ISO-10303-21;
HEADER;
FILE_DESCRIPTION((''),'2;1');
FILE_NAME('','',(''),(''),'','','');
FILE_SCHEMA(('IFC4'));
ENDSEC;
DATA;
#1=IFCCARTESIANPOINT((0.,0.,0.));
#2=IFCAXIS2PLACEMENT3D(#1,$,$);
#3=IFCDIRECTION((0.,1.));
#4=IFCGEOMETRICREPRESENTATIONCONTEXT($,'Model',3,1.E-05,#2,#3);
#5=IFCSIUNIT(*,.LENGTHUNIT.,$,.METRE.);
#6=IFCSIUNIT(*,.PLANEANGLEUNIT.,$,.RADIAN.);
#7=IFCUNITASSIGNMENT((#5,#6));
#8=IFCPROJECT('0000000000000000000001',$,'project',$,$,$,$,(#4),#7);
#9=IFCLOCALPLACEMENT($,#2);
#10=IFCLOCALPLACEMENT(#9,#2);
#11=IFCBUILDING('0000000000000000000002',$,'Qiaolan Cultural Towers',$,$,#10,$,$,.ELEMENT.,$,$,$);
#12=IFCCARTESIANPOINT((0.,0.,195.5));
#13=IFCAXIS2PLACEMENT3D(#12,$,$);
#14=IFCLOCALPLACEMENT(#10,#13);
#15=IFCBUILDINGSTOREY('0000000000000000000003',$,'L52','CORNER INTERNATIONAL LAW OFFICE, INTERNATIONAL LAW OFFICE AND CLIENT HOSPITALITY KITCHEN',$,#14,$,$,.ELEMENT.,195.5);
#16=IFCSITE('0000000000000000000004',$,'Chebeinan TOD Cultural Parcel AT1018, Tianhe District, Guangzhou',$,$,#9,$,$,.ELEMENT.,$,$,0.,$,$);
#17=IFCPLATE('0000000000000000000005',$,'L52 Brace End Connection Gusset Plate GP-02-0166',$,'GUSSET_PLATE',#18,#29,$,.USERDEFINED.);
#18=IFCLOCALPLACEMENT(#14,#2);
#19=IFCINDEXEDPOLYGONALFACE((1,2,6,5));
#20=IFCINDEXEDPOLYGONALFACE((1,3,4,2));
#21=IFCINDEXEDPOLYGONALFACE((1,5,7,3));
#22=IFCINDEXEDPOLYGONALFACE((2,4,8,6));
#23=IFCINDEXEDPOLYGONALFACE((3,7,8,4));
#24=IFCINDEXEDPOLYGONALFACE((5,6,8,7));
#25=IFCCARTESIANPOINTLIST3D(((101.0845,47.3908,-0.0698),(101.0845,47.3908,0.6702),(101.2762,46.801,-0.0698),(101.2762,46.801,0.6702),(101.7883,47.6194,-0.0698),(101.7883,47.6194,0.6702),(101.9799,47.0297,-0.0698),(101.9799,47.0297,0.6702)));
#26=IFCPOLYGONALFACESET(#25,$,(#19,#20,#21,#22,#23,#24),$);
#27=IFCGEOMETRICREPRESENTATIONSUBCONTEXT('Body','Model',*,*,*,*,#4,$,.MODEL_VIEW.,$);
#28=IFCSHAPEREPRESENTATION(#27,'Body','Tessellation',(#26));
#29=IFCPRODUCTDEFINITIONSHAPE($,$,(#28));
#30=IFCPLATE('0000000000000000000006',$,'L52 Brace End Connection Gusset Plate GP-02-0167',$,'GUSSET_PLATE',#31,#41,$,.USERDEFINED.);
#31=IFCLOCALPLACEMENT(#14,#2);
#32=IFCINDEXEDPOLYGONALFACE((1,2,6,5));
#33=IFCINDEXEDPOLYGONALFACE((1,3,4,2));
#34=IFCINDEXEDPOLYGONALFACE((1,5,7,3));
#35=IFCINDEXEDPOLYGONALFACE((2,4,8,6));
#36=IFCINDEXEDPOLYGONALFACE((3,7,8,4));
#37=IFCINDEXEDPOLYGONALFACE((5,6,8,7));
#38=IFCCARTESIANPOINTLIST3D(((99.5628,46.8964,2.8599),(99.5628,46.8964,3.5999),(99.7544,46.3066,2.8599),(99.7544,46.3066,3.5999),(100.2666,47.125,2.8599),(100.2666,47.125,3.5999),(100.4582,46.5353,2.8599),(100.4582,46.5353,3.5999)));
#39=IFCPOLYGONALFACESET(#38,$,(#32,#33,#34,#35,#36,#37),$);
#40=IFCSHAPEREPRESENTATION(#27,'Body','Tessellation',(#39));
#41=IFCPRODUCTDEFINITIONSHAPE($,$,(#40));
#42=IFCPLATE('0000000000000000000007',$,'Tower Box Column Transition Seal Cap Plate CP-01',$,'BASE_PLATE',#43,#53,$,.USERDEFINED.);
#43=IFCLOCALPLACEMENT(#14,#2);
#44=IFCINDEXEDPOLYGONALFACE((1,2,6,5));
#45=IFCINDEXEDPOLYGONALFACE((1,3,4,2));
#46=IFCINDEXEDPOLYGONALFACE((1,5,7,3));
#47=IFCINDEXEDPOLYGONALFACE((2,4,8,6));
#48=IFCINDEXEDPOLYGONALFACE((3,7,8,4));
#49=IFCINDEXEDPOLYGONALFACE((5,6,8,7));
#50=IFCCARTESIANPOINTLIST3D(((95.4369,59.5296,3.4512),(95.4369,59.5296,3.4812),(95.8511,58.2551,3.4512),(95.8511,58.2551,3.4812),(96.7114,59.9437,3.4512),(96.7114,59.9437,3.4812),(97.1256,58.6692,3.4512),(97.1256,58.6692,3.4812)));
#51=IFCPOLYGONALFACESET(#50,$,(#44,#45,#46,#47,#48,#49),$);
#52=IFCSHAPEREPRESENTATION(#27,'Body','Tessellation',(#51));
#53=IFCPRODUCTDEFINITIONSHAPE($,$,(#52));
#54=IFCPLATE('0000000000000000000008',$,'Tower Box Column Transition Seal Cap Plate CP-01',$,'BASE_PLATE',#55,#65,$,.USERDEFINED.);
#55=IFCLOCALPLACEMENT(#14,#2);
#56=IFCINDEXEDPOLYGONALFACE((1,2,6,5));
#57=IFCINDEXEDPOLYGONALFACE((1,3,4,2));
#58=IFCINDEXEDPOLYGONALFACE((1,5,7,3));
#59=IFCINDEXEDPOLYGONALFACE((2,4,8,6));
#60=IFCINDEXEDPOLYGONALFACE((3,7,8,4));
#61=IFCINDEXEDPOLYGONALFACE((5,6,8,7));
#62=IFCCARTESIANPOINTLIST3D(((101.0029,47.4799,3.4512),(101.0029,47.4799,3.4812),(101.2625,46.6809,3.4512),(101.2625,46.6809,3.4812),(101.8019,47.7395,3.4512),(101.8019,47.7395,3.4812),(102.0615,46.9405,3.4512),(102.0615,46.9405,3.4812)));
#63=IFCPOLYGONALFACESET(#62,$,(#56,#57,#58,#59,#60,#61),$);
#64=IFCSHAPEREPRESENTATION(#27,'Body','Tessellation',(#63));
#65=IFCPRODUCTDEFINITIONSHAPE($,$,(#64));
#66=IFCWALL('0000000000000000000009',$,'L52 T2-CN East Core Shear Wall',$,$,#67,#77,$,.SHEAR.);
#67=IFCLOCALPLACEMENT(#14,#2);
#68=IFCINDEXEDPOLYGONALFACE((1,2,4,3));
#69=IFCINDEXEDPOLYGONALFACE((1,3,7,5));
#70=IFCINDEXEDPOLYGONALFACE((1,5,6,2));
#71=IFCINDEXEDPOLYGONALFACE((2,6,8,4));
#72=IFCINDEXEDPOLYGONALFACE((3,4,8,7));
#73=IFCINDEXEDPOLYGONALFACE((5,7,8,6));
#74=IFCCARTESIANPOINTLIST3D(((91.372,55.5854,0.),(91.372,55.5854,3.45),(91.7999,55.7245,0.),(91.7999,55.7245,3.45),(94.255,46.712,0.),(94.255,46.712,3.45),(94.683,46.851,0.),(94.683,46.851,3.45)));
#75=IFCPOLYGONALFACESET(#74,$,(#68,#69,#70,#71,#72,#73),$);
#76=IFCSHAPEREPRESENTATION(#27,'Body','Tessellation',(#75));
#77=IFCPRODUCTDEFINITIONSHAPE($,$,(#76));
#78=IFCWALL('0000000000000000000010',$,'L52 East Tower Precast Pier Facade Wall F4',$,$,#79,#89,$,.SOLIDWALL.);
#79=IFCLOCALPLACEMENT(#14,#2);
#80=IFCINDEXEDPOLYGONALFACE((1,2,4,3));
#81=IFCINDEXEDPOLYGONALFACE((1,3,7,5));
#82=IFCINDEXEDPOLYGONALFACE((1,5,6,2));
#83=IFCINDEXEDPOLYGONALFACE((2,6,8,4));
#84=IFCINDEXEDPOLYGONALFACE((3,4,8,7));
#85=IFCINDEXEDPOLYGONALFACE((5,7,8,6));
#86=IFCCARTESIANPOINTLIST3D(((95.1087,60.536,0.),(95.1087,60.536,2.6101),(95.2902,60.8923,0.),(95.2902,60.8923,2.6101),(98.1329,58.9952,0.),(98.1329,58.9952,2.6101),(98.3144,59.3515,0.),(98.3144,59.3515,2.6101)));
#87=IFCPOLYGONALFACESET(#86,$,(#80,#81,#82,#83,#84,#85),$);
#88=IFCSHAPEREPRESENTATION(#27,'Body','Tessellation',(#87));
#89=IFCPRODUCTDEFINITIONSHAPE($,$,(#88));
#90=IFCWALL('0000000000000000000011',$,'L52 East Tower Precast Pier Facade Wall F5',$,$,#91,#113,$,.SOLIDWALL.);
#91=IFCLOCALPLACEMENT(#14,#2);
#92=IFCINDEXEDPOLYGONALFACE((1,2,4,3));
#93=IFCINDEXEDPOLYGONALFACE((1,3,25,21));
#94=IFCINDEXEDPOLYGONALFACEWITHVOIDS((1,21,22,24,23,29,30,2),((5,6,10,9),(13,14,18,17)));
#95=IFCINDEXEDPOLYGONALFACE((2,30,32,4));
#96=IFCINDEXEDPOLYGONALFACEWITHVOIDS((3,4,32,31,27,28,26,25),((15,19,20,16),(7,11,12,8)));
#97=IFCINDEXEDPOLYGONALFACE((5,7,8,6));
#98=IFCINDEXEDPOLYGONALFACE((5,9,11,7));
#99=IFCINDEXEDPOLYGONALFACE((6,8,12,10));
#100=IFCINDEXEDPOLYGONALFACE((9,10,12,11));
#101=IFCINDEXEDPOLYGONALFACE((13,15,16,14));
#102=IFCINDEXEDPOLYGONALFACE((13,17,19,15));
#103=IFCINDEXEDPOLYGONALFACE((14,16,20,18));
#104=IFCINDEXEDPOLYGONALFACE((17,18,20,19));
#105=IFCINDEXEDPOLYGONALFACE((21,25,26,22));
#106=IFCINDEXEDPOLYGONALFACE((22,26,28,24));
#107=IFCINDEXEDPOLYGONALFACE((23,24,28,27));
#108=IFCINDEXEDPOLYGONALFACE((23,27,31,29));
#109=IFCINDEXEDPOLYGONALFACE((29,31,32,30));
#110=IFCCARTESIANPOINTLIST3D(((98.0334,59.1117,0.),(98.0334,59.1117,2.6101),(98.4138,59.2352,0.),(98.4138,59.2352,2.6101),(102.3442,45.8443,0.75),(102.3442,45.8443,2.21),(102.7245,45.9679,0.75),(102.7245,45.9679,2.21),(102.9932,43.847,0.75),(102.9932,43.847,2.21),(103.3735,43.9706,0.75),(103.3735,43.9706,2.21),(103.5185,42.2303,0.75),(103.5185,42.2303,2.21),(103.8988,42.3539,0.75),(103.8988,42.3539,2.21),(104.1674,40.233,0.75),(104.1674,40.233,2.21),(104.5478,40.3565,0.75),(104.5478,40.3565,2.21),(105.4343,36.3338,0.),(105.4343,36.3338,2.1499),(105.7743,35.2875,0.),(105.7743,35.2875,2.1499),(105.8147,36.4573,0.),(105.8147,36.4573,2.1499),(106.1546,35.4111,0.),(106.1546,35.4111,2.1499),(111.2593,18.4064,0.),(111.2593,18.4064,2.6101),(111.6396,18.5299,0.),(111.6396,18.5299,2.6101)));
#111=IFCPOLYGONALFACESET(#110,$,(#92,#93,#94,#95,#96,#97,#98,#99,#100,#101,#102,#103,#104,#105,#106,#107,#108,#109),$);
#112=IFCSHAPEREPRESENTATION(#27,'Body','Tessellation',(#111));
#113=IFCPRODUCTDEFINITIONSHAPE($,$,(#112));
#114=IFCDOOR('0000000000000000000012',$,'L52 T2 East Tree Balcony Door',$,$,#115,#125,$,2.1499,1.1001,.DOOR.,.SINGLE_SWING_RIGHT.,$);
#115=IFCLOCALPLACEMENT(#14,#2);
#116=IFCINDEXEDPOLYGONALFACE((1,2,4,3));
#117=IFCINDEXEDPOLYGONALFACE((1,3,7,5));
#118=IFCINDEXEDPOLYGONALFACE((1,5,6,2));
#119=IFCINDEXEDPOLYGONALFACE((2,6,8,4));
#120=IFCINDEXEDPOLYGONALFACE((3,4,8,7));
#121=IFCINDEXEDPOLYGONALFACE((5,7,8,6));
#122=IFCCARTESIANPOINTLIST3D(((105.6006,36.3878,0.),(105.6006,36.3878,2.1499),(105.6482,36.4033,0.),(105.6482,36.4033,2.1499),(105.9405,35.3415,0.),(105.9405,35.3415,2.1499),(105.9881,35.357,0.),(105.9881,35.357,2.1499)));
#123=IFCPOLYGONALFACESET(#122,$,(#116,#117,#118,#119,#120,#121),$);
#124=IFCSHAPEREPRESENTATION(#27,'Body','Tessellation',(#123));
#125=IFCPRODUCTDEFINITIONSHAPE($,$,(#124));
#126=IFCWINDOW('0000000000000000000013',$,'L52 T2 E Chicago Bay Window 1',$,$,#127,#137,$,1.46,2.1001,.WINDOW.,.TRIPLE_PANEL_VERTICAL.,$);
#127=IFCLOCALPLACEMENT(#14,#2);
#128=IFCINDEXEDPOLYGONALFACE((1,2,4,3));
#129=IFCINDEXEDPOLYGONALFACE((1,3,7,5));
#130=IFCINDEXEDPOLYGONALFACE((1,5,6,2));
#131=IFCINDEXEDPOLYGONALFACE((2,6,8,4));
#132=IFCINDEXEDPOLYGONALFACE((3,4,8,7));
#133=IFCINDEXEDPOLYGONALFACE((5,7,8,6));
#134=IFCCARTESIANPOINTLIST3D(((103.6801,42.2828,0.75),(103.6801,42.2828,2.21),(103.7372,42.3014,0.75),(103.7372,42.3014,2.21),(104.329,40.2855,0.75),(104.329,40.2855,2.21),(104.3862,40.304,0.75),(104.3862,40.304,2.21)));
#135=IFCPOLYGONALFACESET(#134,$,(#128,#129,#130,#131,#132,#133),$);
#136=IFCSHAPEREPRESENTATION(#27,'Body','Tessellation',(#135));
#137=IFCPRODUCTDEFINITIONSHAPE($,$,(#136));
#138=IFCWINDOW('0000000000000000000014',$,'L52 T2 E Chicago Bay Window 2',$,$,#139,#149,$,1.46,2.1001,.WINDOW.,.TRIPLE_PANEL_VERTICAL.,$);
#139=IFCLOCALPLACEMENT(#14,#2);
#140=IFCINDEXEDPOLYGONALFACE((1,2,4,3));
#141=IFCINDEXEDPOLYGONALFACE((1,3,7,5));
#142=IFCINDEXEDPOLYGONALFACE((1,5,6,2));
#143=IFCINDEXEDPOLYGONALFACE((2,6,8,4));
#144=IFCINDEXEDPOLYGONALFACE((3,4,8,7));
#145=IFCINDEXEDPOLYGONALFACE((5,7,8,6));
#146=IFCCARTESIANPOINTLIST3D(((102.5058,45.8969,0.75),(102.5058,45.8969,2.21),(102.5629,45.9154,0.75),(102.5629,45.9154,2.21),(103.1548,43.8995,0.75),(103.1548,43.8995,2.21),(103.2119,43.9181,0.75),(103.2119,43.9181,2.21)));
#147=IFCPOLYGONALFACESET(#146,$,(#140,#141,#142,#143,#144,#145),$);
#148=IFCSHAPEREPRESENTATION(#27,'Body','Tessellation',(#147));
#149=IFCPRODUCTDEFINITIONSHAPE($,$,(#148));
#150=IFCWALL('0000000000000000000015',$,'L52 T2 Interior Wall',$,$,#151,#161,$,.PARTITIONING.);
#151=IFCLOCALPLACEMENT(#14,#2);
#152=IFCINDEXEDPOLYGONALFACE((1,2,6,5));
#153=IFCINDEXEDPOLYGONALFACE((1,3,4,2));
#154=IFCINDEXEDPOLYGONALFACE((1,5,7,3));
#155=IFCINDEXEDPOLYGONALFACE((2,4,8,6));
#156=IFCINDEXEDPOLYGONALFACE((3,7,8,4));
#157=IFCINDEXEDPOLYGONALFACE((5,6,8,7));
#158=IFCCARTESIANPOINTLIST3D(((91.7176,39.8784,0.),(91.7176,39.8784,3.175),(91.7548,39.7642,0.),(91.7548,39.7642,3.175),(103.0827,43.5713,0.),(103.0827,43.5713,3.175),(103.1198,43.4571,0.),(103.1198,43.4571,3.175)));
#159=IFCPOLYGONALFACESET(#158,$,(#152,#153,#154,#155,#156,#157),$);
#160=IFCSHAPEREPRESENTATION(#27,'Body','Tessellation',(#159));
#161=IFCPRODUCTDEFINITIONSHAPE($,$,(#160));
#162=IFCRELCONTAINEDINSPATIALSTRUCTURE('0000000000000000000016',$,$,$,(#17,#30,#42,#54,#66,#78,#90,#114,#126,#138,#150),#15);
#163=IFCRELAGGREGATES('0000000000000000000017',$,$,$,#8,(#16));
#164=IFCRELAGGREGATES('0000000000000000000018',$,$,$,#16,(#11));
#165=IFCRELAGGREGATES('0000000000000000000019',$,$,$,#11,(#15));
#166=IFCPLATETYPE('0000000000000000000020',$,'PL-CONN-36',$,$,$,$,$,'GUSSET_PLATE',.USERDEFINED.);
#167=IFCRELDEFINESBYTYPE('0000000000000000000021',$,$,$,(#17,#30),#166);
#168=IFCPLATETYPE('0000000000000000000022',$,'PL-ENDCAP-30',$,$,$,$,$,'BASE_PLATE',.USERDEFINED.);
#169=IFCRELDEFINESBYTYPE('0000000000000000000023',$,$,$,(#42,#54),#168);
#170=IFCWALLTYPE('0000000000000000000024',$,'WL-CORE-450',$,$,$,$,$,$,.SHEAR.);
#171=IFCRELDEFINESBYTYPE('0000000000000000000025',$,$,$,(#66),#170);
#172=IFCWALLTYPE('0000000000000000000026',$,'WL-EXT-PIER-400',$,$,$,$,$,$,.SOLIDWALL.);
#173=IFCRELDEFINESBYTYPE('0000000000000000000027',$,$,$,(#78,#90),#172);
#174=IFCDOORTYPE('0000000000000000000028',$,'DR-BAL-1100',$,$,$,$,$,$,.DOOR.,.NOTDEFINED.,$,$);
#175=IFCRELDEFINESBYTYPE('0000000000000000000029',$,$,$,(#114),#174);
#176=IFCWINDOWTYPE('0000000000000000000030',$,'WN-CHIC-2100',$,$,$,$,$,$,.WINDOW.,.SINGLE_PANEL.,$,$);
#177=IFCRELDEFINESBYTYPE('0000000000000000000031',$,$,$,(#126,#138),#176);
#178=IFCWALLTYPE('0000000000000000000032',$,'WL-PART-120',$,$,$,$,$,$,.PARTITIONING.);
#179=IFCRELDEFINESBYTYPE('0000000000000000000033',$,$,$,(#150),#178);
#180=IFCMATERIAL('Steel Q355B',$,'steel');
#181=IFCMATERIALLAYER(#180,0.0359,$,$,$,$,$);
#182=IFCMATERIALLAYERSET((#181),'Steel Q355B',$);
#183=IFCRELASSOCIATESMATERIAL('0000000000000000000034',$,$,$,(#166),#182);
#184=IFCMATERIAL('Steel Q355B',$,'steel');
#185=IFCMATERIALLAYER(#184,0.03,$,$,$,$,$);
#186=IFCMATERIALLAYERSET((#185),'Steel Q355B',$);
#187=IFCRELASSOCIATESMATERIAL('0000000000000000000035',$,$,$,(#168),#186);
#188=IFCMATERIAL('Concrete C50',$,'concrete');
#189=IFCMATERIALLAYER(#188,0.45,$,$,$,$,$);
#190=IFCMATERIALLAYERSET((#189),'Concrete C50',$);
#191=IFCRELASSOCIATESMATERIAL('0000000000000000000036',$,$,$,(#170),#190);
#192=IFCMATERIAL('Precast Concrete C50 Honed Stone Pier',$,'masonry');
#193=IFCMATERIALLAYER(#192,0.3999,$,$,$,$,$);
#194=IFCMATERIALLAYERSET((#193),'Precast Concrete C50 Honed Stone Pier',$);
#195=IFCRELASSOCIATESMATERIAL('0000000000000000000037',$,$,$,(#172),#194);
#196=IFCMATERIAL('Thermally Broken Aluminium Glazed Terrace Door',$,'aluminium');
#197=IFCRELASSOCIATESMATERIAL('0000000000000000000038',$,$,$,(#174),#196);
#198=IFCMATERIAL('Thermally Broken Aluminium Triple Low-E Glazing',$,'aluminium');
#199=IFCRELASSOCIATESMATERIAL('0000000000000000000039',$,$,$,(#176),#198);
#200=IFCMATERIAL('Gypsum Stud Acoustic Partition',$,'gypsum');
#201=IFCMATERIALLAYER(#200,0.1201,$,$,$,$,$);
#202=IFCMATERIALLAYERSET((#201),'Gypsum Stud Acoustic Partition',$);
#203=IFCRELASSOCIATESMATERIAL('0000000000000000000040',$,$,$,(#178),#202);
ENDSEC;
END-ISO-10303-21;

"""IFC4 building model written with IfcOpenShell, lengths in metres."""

from ifc_helpers import new_model, si_unit, direction, frame, frame_2d, origin, origin_2d, place, context, subcontext, project, spatial, rectangle, extrude, material, layer, layer_set, type_object, element, fill, save


model = new_model("IFC4")

# Units and contexts
model_context = context("Model", 3, precision=1e-05, world=origin(), true_north=direction((0.0, 1.0)))
body_context = subcontext(model_context, "Body", "Model", "MODEL_VIEW")
ifc_project = project(units=[si_unit("LENGTHUNIT", "METRE"), si_unit("PLANEANGLEUNIT", "RADIAN")], contexts=[model_context])

# Site, building, storey
site_placement = place(None, origin())
site = spatial("IfcSite", under=ifc_project, at=site_placement, Name="Chebeinan TOD Cultural Parcel AT1018, Tianhe District, Guangzhou", CompositionType="ELEMENT", RefElevation=0.0)
building_placement = place(site_placement, origin())
building = spatial("IfcBuilding", under=site, at=building_placement, Name="Qiaolan Cultural Towers", CompositionType="ELEMENT")
storey_placement = place(building_placement, frame((0.0, 0.0, 195.5)))
storey = spatial("IfcBuildingStorey", under=building, at=storey_placement, Name="L52", Description="CORNER INTERNATIONAL LAW OFFICE, INTERNATIONAL LAW OFFICE AND CLIENT HOSPITALITY KITCHEN", CompositionType="ELEMENT", Elevation=195.5)

# Plates
ifc_material_1 = material(Name="Steel Q355B", Category="steel")
ifc_layer_1 = layer(ifc_material_1, 0.0359)
ifc_layer_set_1 = layer_set([ifc_layer_1], Name="Steel Q355B")
plate_type_1 = type_object("IfcPlateType", Name="PL-CONN-36", ElementType="GUSSET_PLATE", PredefinedType="USERDEFINED", material=ifc_layer_set_1)
for number, where, z_axis, x_axis, name in (
    (1, (101.5322, 47.2102, -0.0698), (0.0, 0.0, 1.0), (0.951057, 0.309017, 0.0), "L52 Brace End Connection Gusset Plate GP-02-0166"),
    (2, (100.0105, 46.7158, 2.8599), (0.0, 0.0, 1.0), (0.951057, 0.309017, 0.0), "L52 Brace End Connection Gusset Plate GP-02-0167"),
):
    element("IfcPlate", number, at=place(storey_placement, frame(where, z_axis=z_axis, x_axis=x_axis)), inside=storey, type_object=plate_type_1, Name=name, ObjectType="GUSSET_PLATE", PredefinedType="USERDEFINED", context=body_context, shape_type="SweptSolid", body=[
        extrude(rectangle(XDim=0.74, YDim=0.6201, at=origin_2d()), origin(), (0.0, 0.0, 1.0), 0.74),
    ])
ifc_material_2 = material(Name="Steel Q355B", Category="steel")
ifc_layer_2 = layer(ifc_material_2, 0.03)
ifc_layer_set_2 = layer_set([ifc_layer_2], Name="Steel Q355B")
plate_type_2 = type_object("IfcPlateType", Name="PL-ENDCAP-30", ElementType="BASE_PLATE", PredefinedType="USERDEFINED", material=ifc_layer_set_2)
plate_1_placement = place(storey_placement, frame((96.2812, 59.0994, 3.4512), z_axis=(0.0, 0.0, 1.0), x_axis=(0.951057, 0.309017, 0.0)))
element("IfcPlate", 3, at=plate_1_placement, inside=storey, type_object=plate_type_2, Name="Tower Box Column Transition Seal Cap Plate CP-01", ObjectType="BASE_PLATE", PredefinedType="USERDEFINED", context=body_context, shape_type="SweptSolid", body=[
    extrude(rectangle(XDim=1.3401, YDim=1.3401, at=origin_2d()), origin(), (0.0, 0.0, 1.0), 0.03),
])
plate_2_placement = place(storey_placement, frame((101.5322, 47.2102, 3.4512), z_axis=(0.0, 0.0, 1.0), x_axis=(0.951057, 0.309017, 0.0)))
element("IfcPlate", 4, at=plate_2_placement, inside=storey, type_object=plate_type_2, Name="Tower Box Column Transition Seal Cap Plate CP-01", ObjectType="BASE_PLATE", PredefinedType="USERDEFINED", context=body_context, shape_type="SweptSolid", body=[
    extrude(rectangle(XDim=0.8401, YDim=0.8401, at=origin_2d()), origin(), (0.0, 0.0, 1.0), 0.03),
])

# Walls
ifc_material_3 = material(Name="Concrete C50", Category="concrete")
ifc_layer_3 = layer(ifc_material_3, 0.45)
ifc_layer_set_3 = layer_set([ifc_layer_3], Name="Concrete C50")
wall_type_1 = type_object("IfcWallType", Name="WL-CORE-450", PredefinedType="SHEAR", material=ifc_layer_set_3)
wall_1_placement = place(storey_placement, frame((94.469, 46.7815, 0.0), z_axis=(0.0, 0.0, 1.0), x_axis=(-0.309004, 0.951061, 0.0)))
element("IfcWall", 5, at=wall_1_placement, inside=storey, type_object=wall_type_1, Name="L52 T2-CN East Core Shear Wall", PredefinedType="SHEAR", context=body_context, shape_type="SweptSolid", body=[
    extrude(rectangle(XDim=9.3301, YDim=0.45, at=frame_2d((4.665, 0.0))), origin(), (0.0, 0.0, 1.0), 3.45),
])
ifc_material_4 = material(Name="Precast Concrete C50 Honed Stone Pier", Category="masonry")
ifc_layer_4 = layer(ifc_material_4, 0.3999)
ifc_layer_set_4 = layer_set([ifc_layer_4], Name="Precast Concrete C50 Honed Stone Pier")
wall_type_2 = type_object("IfcWallType", Name="WL-EXT-PIER-400", PredefinedType="SOLIDWALL", material=ifc_layer_set_4)
wall_2_placement = place(storey_placement, frame((95.1995, 60.7141, 0.0), z_axis=(0.0, 0.0, 1.0), x_axis=(0.891021, -0.453962, 0.0)))
element("IfcWall", 6, at=wall_2_placement, inside=storey, type_object=wall_type_2, Name="L52 East Tower Precast Pier Facade Wall F4", PredefinedType="SOLIDWALL", context=body_context, shape_type="SweptSolid", body=[
    extrude(rectangle(XDim=3.394, YDim=0.3999, at=frame_2d((1.697, 0.0))), origin(), (0.0, 0.0, 1.0), 2.6101),
])

# Wall, openings, door, windows
wall_3_placement = place(storey_placement, frame((98.2236, 59.1733, 0.0), z_axis=(0.0, 0.0, 1.0), x_axis=(0.309014, -0.951057, 0.0)))
wall_3 = element("IfcWall", 7, at=wall_3_placement, inside=storey, type_object=wall_type_2, Name="L52 East Tower Precast Pier Facade Wall F5", PredefinedType="SOLIDWALL", context=body_context, shape_type="SweptSolid", body=[
    extrude(rectangle(XDim=42.8, YDim=0.3999, at=frame_2d((21.3999, 0.0))), origin(), (0.0, 0.0, 1.0), 2.6101),
])
opening_1_placement = place(wall_3_placement, frame((17.75, 0.0, 0.75)))
opening_1 = element("IfcOpeningElement", 8, at=opening_1_placement, cuts=wall_3, PredefinedType="OPENING", context=body_context, shape_type="SweptSolid", body=[
    extrude(rectangle(XDim=2.1001, YDim=1.46, at=frame_2d((1.05, 0.73))), frame((0.0, 0.21, 0.0), z_axis=(0.0, -1.0, 0.0), x_axis=(1.0, 0.0, 0.0)), (0.0, 0.0, 1.0), 0.4199),
])
opening_2_placement = place(wall_3_placement, frame((13.95, 0.0, 0.75)))
opening_2 = element("IfcOpeningElement", 9, at=opening_2_placement, cuts=wall_3, PredefinedType="OPENING", context=body_context, shape_type="SweptSolid", body=[
    extrude(rectangle(XDim=2.1001, YDim=1.46, at=frame_2d((1.05, 0.73))), frame((0.0, 0.21, 0.0), z_axis=(0.0, -1.0, 0.0), x_axis=(1.0, 0.0, 0.0)), (0.0, 0.0, 1.0), 0.4199),
])
opening_3_placement = place(wall_3_placement, frame((23.95, 0.0, 0.0)))
opening_3 = element("IfcOpeningElement", 10, at=opening_3_placement, cuts=wall_3, PredefinedType="OPENING", context=body_context, shape_type="SweptSolid", body=[
    extrude(rectangle(XDim=1.1001, YDim=2.1499, at=frame_2d((0.55, 1.075))), frame((0.0, 0.21, 0.0), z_axis=(0.0, -1.0, 0.0), x_axis=(1.0, 0.0, 0.0)), (0.0, 0.0, 1.0), 0.4199),
])
ifc_material_5 = material(Name="Thermally Broken Aluminium Glazed Terrace Door", Category="aluminium")
door_type_1 = type_object("IfcDoorType", Name="DR-BAL-1100", OperationType="NOTDEFINED", PredefinedType="DOOR", material=ifc_material_5)
door_1_placement = place(opening_3_placement, origin())
door_1 = element("IfcDoor", 11, at=door_1_placement, inside=storey, type_object=door_type_1, Name="L52 T2 East Tree Balcony Door", OperationType="SINGLE_SWING_RIGHT", OverallHeight=2.1499, OverallWidth=1.1001, PredefinedType="DOOR", context=body_context, shape_type="SweptSolid", body=[
    extrude(rectangle(XDim=1.1001, YDim=2.1499, at=frame_2d((0.55, 1.075))), frame((0.0, 0.0249, 0.0), z_axis=(0.0, -1.0, 0.0), x_axis=(1.0, 0.0, 0.0)), (0.0, 0.0, 1.0), 0.05),
])
fill(opening_3, door_1)
ifc_material_6 = material(Name="Thermally Broken Aluminium Triple Low-E Glazing", Category="aluminium")
window_type = type_object("IfcWindowType", Name="WN-CHIC-2100", PartitioningType="SINGLE_PANEL", PredefinedType="WINDOW", material=ifc_material_6)
window_1_placement = place(opening_1_placement, origin())
window_1 = element("IfcWindow", 12, at=window_1_placement, inside=storey, type_object=window_type, Name="L52 T2 E Chicago Bay Window 1", OverallHeight=1.46, OverallWidth=2.1001, PartitioningType="TRIPLE_PANEL_VERTICAL", PredefinedType="WINDOW", context=body_context, shape_type="SweptSolid", body=[
    extrude(rectangle(XDim=2.1001, YDim=1.46, at=frame_2d((1.05, 0.73))), frame((0.0, 0.03, 0.0), z_axis=(0.0, -1.0, 0.0), x_axis=(1.0, 0.0, 0.0)), (0.0, 0.0, 1.0), 0.0601),
])
fill(opening_1, window_1)
window_2_placement = place(opening_2_placement, origin())
window_2 = element("IfcWindow", 13, at=window_2_placement, inside=storey, type_object=window_type, Name="L52 T2 E Chicago Bay Window 2", OverallHeight=1.46, OverallWidth=2.1001, PartitioningType="TRIPLE_PANEL_VERTICAL", PredefinedType="WINDOW", context=body_context, shape_type="SweptSolid", body=[
    extrude(rectangle(XDim=2.1001, YDim=1.46, at=frame_2d((1.05, 0.73))), frame((0.0, 0.03, 0.0), z_axis=(0.0, -1.0, 0.0), x_axis=(1.0, 0.0, 0.0)), (0.0, 0.0, 1.0), 0.0601),
])
fill(opening_2, window_2)

# Wall
ifc_material_7 = material(Name="Gypsum Stud Acoustic Partition", Category="gypsum")
ifc_layer_5 = layer(ifc_material_7, 0.1201)
ifc_layer_set_5 = layer_set([ifc_layer_5], Name="Gypsum Stud Acoustic Partition")
wall_type_3 = type_object("IfcWallType", Name="WL-PART-120", PredefinedType="PARTITIONING", material=ifc_layer_set_5)
wall_4_placement = place(storey_placement, frame((91.7361, 39.8213, 0.0), z_axis=(0.0, 0.0, 1.0), x_axis=(0.951053, 0.309029, 0.0)))
element("IfcWall", 14, at=wall_4_placement, inside=storey, type_object=wall_type_3, Name="L52 T2 Interior Wall", PredefinedType="PARTITIONING", context=body_context, shape_type="SweptSolid", body=[
    extrude(rectangle(XDim=11.95, YDim=0.1201, at=frame_2d((5.9751, 0.0))), origin(), (0.0, 0.0, 1.0), 3.175),
])

save(model, "model.ifc")
